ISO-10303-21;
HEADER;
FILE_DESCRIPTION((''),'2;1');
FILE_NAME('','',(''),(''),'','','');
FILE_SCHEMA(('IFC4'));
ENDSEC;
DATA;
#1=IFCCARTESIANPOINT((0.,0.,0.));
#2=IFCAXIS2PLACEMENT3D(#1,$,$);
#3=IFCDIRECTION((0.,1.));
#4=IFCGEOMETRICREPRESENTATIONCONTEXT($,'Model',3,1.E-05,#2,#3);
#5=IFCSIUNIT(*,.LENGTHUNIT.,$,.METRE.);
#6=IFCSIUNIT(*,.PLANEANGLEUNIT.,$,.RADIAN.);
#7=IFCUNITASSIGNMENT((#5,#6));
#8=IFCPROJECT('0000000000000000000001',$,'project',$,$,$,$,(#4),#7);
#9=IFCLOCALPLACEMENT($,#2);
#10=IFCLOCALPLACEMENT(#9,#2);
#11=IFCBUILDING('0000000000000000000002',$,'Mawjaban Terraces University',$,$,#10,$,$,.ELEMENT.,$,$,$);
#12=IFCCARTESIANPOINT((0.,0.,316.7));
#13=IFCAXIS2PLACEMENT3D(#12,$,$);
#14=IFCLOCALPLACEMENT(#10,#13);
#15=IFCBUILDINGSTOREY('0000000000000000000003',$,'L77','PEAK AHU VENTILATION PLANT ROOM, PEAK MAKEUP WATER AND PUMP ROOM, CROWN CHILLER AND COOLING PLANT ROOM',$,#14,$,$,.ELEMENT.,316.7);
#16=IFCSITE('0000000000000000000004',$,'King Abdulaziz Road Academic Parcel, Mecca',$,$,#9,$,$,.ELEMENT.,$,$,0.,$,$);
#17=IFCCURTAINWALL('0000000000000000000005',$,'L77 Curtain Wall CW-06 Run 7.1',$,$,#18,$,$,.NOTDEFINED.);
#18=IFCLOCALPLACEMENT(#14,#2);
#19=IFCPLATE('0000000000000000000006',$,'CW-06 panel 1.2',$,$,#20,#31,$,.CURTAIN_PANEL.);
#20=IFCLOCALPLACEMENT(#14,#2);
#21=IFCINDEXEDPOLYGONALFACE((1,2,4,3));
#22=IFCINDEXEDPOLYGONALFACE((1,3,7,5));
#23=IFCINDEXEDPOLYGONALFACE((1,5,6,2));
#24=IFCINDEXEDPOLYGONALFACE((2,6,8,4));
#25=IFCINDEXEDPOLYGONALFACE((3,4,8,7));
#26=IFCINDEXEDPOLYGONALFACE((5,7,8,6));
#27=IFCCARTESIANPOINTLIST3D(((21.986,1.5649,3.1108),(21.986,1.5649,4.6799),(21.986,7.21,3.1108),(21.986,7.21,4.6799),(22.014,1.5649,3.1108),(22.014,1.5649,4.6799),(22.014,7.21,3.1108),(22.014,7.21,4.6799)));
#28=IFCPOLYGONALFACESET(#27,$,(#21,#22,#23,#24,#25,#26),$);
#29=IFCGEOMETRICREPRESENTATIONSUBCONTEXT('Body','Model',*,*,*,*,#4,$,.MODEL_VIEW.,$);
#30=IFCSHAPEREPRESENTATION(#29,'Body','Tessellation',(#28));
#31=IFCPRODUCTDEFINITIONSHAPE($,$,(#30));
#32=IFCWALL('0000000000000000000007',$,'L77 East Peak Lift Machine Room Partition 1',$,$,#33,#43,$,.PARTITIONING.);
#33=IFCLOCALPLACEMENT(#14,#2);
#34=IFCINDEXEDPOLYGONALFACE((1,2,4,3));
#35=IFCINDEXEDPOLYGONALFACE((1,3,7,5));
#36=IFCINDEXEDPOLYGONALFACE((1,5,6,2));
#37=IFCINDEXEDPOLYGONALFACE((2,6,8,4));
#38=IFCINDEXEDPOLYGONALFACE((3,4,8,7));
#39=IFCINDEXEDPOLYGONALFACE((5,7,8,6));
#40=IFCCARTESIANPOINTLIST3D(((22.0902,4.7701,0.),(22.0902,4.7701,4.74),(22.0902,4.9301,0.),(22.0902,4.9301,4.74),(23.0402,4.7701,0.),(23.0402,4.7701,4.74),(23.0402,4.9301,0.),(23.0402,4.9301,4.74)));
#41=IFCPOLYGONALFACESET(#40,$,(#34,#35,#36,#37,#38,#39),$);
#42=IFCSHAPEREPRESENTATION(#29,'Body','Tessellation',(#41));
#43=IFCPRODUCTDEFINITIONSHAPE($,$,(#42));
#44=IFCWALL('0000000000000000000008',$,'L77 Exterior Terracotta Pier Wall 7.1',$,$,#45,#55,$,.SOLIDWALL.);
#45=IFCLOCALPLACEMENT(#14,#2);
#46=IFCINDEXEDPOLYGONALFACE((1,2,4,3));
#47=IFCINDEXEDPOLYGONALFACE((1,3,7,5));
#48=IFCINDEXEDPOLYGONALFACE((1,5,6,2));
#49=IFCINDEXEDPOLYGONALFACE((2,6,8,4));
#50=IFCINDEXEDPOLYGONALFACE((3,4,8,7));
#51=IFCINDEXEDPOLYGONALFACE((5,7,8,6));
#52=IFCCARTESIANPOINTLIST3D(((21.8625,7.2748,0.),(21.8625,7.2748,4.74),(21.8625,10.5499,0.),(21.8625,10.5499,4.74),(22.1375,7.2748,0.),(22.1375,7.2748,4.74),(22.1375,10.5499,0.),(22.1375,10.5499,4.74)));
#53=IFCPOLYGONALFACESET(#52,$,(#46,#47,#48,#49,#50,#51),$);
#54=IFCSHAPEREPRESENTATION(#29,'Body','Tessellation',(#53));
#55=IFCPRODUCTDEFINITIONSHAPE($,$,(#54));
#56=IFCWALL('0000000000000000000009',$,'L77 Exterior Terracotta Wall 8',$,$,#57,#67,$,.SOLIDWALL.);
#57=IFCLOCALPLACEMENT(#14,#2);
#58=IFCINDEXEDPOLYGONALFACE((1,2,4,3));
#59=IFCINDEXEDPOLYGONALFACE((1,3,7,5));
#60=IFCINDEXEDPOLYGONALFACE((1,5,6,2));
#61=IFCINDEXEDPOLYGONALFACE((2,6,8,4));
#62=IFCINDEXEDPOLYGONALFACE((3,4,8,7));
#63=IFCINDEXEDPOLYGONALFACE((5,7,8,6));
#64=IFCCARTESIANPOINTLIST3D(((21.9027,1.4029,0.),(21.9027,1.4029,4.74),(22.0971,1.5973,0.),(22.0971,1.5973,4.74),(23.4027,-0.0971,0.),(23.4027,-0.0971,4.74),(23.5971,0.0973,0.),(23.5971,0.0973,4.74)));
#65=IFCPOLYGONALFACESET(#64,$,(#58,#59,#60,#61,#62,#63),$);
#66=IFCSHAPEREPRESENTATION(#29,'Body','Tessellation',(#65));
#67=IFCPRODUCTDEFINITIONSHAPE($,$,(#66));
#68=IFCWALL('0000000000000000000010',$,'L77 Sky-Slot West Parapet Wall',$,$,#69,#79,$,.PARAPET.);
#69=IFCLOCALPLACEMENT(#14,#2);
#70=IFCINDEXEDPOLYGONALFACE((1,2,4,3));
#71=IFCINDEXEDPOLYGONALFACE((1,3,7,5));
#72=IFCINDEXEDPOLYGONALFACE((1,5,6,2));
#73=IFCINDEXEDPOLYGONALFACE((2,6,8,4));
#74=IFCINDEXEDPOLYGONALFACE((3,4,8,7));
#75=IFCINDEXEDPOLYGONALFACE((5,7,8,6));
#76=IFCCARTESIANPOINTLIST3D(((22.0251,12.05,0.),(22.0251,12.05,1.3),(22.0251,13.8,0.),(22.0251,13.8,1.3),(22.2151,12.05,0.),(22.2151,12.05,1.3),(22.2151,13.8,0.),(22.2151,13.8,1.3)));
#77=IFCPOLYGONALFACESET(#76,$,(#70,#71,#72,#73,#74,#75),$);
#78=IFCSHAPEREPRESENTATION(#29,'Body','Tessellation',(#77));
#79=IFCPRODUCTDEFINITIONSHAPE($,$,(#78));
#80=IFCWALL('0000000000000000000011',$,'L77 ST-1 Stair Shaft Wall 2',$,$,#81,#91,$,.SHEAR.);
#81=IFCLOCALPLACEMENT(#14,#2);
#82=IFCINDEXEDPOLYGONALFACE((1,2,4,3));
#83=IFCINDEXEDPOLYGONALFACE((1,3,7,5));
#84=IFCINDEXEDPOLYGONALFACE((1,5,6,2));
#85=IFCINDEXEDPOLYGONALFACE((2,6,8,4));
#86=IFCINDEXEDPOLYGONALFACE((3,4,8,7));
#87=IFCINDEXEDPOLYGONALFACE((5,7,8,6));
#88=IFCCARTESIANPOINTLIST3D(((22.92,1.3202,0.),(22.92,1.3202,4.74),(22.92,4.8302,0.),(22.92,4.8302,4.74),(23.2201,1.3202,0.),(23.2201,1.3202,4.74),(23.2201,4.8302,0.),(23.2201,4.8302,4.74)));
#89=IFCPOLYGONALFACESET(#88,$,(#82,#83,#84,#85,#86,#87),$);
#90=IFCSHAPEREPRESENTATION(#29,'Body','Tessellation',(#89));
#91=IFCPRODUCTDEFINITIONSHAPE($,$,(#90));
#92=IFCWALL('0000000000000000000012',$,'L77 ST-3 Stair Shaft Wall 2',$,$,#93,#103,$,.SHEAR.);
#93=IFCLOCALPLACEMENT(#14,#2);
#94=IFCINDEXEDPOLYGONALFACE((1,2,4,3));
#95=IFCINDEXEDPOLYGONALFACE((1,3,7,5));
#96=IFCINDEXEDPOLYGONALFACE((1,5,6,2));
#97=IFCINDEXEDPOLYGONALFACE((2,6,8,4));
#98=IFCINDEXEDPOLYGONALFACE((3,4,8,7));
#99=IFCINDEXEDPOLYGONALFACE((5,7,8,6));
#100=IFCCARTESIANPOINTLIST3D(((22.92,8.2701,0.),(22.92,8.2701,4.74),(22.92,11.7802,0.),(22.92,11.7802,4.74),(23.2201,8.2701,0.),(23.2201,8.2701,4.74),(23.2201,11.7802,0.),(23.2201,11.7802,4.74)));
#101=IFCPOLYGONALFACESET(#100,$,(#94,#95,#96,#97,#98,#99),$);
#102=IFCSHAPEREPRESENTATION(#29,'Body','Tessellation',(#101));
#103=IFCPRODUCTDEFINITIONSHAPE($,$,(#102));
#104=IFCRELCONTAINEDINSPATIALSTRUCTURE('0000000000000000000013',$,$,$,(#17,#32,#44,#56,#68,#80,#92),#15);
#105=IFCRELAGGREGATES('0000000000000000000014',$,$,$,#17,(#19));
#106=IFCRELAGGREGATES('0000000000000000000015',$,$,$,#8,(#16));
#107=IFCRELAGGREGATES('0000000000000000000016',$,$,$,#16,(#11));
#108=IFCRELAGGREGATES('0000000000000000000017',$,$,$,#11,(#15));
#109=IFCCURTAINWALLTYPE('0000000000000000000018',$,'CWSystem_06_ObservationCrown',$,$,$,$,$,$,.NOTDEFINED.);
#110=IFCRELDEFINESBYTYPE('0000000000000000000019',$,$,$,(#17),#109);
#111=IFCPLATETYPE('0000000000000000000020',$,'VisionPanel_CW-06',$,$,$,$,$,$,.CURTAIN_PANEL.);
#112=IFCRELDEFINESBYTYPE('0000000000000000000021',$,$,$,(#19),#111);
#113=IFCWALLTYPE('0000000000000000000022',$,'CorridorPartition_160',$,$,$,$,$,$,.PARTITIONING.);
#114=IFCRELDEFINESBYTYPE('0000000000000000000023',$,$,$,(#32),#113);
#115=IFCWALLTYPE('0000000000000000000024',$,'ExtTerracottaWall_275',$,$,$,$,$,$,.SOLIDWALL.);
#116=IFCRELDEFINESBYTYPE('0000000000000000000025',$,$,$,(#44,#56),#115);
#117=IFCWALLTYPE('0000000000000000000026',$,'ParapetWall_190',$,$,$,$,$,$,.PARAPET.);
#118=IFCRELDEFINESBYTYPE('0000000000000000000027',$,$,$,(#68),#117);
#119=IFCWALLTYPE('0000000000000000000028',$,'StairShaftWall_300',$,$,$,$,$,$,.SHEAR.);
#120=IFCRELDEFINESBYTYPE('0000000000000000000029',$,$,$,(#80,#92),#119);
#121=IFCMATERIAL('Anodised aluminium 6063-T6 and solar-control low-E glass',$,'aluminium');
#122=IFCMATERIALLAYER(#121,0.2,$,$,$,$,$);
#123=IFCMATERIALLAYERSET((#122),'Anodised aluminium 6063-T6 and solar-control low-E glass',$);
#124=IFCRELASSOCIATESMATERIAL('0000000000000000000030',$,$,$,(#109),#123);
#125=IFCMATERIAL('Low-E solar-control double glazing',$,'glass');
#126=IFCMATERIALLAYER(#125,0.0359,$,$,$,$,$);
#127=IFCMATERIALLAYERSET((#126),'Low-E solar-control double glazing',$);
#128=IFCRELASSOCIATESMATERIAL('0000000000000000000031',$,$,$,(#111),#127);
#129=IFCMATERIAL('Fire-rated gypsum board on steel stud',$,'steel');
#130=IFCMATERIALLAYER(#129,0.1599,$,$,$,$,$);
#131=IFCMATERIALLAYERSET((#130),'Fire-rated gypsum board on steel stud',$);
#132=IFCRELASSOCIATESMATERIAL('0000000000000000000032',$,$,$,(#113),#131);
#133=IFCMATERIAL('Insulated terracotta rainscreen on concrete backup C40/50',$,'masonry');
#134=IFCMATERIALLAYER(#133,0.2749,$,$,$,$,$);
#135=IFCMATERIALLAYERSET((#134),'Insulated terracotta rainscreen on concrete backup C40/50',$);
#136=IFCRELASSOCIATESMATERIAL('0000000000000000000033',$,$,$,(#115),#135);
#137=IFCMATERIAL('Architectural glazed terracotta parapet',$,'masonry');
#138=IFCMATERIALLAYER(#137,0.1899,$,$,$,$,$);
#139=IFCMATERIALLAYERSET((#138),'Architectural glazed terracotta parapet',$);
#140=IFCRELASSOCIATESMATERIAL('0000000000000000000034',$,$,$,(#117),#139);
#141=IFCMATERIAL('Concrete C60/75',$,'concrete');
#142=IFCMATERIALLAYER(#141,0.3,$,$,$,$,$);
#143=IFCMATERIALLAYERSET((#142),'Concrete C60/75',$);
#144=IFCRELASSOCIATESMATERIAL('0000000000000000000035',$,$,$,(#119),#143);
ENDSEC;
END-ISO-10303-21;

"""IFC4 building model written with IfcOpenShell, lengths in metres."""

from ifc_helpers import new_model, si_unit, direction, frame, frame_2d, origin, origin_2d, place, context, subcontext, project, spatial, rectangle, extrude, material, layer, layer_set, type_object, element, aggregate, save


model = new_model("IFC4")

# Units and contexts
model_context = context("Model", 3, precision=1e-05, world=origin(), true_north=direction((0.0, 1.0)))
body_context = subcontext(model_context, "Body", "Model", "MODEL_VIEW")
ifc_project = project(units=[si_unit("LENGTHUNIT", "METRE"), si_unit("PLANEANGLEUNIT", "RADIAN")], contexts=[model_context])

# Site, building, storey
site_placement = place(None, origin())
site = spatial("IfcSite", under=ifc_project, at=site_placement, Name="King Abdulaziz Road Academic Parcel, Mecca", CompositionType="ELEMENT", RefElevation=0.0)
building_placement = place(site_placement, origin())
building = spatial("IfcBuilding", under=site, at=building_placement, Name="Mawjaban Terraces University", CompositionType="ELEMENT")
storey_placement = place(building_placement, frame((0.0, 0.0, 316.7)))
storey = spatial("IfcBuildingStorey", under=building, at=storey_placement, Name="L77", Description="PEAK AHU VENTILATION PLANT ROOM, PEAK MAKEUP WATER AND PUMP ROOM, CROWN CHILLER AND COOLING PLANT ROOM", CompositionType="ELEMENT", Elevation=316.7)

# Curtain wall
ifc_material_1 = material(Name="Anodised aluminium 6063-T6 and solar-control low-E glass", Category="aluminium")
ifc_layer_1 = layer(ifc_material_1, 0.2)
ifc_layer_set_1 = layer_set([ifc_layer_1], Name="Anodised aluminium 6063-T6 and solar-control low-E glass")
curtain_wall_type = type_object("IfcCurtainWallType", Name="CWSystem_06_ObservationCrown", PredefinedType="NOTDEFINED", material=ifc_layer_set_1)
curtain_wall_placement = place(storey_placement, origin())
curtain_wall = element("IfcCurtainWall", 1, at=curtain_wall_placement, inside=storey, type_object=curtain_wall_type, Name="L77 Curtain Wall CW-06 Run 7.1", PredefinedType="NOTDEFINED")

# Plate
ifc_material_2 = material(Name="Low-E solar-control double glazing", Category="glass")
ifc_layer_2 = layer(ifc_material_2, 0.0359)
ifc_layer_set_2 = layer_set([ifc_layer_2], Name="Low-E solar-control double glazing")
plate_type = type_object("IfcPlateType", Name="VisionPanel_CW-06", PredefinedType="CURTAIN_PANEL", material=ifc_layer_set_2)
plate_1_placement = place(storey_placement, frame((22.0, 4.3875, 3.1108), z_axis=(0.0, 0.0, 1.0), x_axis=(0.0, -1.0, 0.0)))
plate_1 = element("IfcPlate", 2, at=plate_1_placement, type_object=plate_type, Name="CW-06 panel 1.2", PredefinedType="CURTAIN_PANEL", context=body_context, shape_type="SweptSolid", body=[
    extrude(rectangle(XDim=5.645, YDim=0.0281, at=origin_2d()), origin(), (0.0, 0.0, 1.0), 1.5691),
])
aggregate(curtain_wall, [plate_1])

# Walls
ifc_material_3 = material(Name="Fire-rated gypsum board on steel stud", Category="steel")
ifc_layer_3 = layer(ifc_material_3, 0.1599)
ifc_layer_set_3 = layer_set([ifc_layer_3], Name="Fire-rated gypsum board on steel stud")
wall_type_1 = type_object("IfcWallType", Name="CorridorPartition_160", PredefinedType="PARTITIONING", material=ifc_layer_set_3)
wall_1_placement = place(storey_placement, frame((22.0901, 4.8501, 0.0), z_axis=(0.0, 0.0, 1.0), x_axis=(1.0, 0.0, 0.0)))
element("IfcWall", 3, at=wall_1_placement, inside=storey, type_object=wall_type_1, Name="L77 East Peak Lift Machine Room Partition 1", PredefinedType="PARTITIONING", context=body_context, shape_type="SweptSolid", body=[
    extrude(rectangle(XDim=0.95, YDim=0.1599, at=frame_2d((0.4751, 0.0))), origin(), (0.0, 0.0, 1.0), 4.74),
])
ifc_material_4 = material(Name="Insulated terracotta rainscreen on concrete backup C40/50", Category="masonry")
ifc_layer_4 = layer(ifc_material_4, 0.2749)
ifc_layer_set_4 = layer_set([ifc_layer_4], Name="Insulated terracotta rainscreen on concrete backup C40/50")
wall_type_2 = type_object("IfcWallType", Name="ExtTerracottaWall_275", PredefinedType="SOLIDWALL", material=ifc_layer_set_4)
wall_2_placement = place(storey_placement, frame((22.0, 10.55, 0.0), z_axis=(0.0, 0.0, 1.0), x_axis=(0.0, -1.0, 0.0)))
element("IfcWall", 4, at=wall_2_placement, inside=storey, type_object=wall_type_2, Name="L77 Exterior Terracotta Pier Wall 7.1", PredefinedType="SOLIDWALL", context=body_context, shape_type="SweptSolid", body=[
    extrude(rectangle(XDim=3.2751, YDim=0.2749, at=frame_2d((1.6377, 0.0))), origin(), (0.0, 0.0, 1.0), 4.74),
])
wall_3_placement = place(storey_placement, frame((22.0, 1.5, 0.0), z_axis=(0.0, 0.0, 1.0), x_axis=(0.707107, -0.707107, 0.0)))
element("IfcWall", 5, at=wall_3_placement, inside=storey, type_object=wall_type_2, Name="L77 Exterior Terracotta Wall 8", PredefinedType="SOLIDWALL", context=body_context, shape_type="SweptSolid", body=[
    extrude(rectangle(XDim=2.1213, YDim=0.2749, at=frame_2d((1.0605, 0.0))), origin(), (0.0, 0.0, 1.0), 4.74),
])
ifc_material_5 = material(Name="Architectural glazed terracotta parapet", Category="masonry")
ifc_layer_5 = layer(ifc_material_5, 0.1899)
ifc_layer_set_5 = layer_set([ifc_layer_5], Name="Architectural glazed terracotta parapet")
wall_type_3 = type_object("IfcWallType", Name="ParapetWall_190", PredefinedType="PARAPET", material=ifc_layer_set_5)
wall_4_placement = place(storey_placement, frame((22.1201, 12.05, 0.0), z_axis=(0.0, 0.0, 1.0), x_axis=(0.0, 1.0, 0.0)))
element("IfcWall", 6, at=wall_4_placement, inside=storey, type_object=wall_type_3, Name="L77 Sky-Slot West Parapet Wall", PredefinedType="PARAPET", context=body_context, shape_type="SweptSolid", body=[
    extrude(rectangle(XDim=1.75, YDim=0.1899, at=frame_2d((0.875, 0.0))), origin(), (0.0, 0.0, 1.0), 1.3),
])
ifc_material_6 = material(Name="Concrete C60/75", Category="concrete")
ifc_layer_6 = layer(ifc_material_6, 0.3)
ifc_layer_set_6 = layer_set([ifc_layer_6], Name="Concrete C60/75")
wall_type_4 = type_object("IfcWallType", Name="StairShaftWall_300", PredefinedType="SHEAR", material=ifc_layer_set_6)
for number, where, z_axis, x_axis, name in (
    (7, (23.0701, 4.8301, 0.0), (0.0, 0.0, 1.0), (0.0, -1.0, 0.0), "L77 ST-1 Stair Shaft Wall 2"),
    (8, (23.0701, 11.78, 0.0), (0.0, 0.0, 1.0), (0.0, -1.0, 0.0), "L77 ST-3 Stair Shaft Wall 2"),
):
    element("IfcWall", number, at=place(storey_placement, frame(where, z_axis=z_axis, x_axis=x_axis)), inside=storey, type_object=wall_type_4, Name=name, PredefinedType="SHEAR", context=body_context, shape_type="SweptSolid", body=[
        extrude(rectangle(XDim=3.51, YDim=0.3, at=frame_2d((1.7549, 0.0))), origin(), (0.0, 0.0, 1.0), 4.74),
    ])

save(model, "model.ifc")
